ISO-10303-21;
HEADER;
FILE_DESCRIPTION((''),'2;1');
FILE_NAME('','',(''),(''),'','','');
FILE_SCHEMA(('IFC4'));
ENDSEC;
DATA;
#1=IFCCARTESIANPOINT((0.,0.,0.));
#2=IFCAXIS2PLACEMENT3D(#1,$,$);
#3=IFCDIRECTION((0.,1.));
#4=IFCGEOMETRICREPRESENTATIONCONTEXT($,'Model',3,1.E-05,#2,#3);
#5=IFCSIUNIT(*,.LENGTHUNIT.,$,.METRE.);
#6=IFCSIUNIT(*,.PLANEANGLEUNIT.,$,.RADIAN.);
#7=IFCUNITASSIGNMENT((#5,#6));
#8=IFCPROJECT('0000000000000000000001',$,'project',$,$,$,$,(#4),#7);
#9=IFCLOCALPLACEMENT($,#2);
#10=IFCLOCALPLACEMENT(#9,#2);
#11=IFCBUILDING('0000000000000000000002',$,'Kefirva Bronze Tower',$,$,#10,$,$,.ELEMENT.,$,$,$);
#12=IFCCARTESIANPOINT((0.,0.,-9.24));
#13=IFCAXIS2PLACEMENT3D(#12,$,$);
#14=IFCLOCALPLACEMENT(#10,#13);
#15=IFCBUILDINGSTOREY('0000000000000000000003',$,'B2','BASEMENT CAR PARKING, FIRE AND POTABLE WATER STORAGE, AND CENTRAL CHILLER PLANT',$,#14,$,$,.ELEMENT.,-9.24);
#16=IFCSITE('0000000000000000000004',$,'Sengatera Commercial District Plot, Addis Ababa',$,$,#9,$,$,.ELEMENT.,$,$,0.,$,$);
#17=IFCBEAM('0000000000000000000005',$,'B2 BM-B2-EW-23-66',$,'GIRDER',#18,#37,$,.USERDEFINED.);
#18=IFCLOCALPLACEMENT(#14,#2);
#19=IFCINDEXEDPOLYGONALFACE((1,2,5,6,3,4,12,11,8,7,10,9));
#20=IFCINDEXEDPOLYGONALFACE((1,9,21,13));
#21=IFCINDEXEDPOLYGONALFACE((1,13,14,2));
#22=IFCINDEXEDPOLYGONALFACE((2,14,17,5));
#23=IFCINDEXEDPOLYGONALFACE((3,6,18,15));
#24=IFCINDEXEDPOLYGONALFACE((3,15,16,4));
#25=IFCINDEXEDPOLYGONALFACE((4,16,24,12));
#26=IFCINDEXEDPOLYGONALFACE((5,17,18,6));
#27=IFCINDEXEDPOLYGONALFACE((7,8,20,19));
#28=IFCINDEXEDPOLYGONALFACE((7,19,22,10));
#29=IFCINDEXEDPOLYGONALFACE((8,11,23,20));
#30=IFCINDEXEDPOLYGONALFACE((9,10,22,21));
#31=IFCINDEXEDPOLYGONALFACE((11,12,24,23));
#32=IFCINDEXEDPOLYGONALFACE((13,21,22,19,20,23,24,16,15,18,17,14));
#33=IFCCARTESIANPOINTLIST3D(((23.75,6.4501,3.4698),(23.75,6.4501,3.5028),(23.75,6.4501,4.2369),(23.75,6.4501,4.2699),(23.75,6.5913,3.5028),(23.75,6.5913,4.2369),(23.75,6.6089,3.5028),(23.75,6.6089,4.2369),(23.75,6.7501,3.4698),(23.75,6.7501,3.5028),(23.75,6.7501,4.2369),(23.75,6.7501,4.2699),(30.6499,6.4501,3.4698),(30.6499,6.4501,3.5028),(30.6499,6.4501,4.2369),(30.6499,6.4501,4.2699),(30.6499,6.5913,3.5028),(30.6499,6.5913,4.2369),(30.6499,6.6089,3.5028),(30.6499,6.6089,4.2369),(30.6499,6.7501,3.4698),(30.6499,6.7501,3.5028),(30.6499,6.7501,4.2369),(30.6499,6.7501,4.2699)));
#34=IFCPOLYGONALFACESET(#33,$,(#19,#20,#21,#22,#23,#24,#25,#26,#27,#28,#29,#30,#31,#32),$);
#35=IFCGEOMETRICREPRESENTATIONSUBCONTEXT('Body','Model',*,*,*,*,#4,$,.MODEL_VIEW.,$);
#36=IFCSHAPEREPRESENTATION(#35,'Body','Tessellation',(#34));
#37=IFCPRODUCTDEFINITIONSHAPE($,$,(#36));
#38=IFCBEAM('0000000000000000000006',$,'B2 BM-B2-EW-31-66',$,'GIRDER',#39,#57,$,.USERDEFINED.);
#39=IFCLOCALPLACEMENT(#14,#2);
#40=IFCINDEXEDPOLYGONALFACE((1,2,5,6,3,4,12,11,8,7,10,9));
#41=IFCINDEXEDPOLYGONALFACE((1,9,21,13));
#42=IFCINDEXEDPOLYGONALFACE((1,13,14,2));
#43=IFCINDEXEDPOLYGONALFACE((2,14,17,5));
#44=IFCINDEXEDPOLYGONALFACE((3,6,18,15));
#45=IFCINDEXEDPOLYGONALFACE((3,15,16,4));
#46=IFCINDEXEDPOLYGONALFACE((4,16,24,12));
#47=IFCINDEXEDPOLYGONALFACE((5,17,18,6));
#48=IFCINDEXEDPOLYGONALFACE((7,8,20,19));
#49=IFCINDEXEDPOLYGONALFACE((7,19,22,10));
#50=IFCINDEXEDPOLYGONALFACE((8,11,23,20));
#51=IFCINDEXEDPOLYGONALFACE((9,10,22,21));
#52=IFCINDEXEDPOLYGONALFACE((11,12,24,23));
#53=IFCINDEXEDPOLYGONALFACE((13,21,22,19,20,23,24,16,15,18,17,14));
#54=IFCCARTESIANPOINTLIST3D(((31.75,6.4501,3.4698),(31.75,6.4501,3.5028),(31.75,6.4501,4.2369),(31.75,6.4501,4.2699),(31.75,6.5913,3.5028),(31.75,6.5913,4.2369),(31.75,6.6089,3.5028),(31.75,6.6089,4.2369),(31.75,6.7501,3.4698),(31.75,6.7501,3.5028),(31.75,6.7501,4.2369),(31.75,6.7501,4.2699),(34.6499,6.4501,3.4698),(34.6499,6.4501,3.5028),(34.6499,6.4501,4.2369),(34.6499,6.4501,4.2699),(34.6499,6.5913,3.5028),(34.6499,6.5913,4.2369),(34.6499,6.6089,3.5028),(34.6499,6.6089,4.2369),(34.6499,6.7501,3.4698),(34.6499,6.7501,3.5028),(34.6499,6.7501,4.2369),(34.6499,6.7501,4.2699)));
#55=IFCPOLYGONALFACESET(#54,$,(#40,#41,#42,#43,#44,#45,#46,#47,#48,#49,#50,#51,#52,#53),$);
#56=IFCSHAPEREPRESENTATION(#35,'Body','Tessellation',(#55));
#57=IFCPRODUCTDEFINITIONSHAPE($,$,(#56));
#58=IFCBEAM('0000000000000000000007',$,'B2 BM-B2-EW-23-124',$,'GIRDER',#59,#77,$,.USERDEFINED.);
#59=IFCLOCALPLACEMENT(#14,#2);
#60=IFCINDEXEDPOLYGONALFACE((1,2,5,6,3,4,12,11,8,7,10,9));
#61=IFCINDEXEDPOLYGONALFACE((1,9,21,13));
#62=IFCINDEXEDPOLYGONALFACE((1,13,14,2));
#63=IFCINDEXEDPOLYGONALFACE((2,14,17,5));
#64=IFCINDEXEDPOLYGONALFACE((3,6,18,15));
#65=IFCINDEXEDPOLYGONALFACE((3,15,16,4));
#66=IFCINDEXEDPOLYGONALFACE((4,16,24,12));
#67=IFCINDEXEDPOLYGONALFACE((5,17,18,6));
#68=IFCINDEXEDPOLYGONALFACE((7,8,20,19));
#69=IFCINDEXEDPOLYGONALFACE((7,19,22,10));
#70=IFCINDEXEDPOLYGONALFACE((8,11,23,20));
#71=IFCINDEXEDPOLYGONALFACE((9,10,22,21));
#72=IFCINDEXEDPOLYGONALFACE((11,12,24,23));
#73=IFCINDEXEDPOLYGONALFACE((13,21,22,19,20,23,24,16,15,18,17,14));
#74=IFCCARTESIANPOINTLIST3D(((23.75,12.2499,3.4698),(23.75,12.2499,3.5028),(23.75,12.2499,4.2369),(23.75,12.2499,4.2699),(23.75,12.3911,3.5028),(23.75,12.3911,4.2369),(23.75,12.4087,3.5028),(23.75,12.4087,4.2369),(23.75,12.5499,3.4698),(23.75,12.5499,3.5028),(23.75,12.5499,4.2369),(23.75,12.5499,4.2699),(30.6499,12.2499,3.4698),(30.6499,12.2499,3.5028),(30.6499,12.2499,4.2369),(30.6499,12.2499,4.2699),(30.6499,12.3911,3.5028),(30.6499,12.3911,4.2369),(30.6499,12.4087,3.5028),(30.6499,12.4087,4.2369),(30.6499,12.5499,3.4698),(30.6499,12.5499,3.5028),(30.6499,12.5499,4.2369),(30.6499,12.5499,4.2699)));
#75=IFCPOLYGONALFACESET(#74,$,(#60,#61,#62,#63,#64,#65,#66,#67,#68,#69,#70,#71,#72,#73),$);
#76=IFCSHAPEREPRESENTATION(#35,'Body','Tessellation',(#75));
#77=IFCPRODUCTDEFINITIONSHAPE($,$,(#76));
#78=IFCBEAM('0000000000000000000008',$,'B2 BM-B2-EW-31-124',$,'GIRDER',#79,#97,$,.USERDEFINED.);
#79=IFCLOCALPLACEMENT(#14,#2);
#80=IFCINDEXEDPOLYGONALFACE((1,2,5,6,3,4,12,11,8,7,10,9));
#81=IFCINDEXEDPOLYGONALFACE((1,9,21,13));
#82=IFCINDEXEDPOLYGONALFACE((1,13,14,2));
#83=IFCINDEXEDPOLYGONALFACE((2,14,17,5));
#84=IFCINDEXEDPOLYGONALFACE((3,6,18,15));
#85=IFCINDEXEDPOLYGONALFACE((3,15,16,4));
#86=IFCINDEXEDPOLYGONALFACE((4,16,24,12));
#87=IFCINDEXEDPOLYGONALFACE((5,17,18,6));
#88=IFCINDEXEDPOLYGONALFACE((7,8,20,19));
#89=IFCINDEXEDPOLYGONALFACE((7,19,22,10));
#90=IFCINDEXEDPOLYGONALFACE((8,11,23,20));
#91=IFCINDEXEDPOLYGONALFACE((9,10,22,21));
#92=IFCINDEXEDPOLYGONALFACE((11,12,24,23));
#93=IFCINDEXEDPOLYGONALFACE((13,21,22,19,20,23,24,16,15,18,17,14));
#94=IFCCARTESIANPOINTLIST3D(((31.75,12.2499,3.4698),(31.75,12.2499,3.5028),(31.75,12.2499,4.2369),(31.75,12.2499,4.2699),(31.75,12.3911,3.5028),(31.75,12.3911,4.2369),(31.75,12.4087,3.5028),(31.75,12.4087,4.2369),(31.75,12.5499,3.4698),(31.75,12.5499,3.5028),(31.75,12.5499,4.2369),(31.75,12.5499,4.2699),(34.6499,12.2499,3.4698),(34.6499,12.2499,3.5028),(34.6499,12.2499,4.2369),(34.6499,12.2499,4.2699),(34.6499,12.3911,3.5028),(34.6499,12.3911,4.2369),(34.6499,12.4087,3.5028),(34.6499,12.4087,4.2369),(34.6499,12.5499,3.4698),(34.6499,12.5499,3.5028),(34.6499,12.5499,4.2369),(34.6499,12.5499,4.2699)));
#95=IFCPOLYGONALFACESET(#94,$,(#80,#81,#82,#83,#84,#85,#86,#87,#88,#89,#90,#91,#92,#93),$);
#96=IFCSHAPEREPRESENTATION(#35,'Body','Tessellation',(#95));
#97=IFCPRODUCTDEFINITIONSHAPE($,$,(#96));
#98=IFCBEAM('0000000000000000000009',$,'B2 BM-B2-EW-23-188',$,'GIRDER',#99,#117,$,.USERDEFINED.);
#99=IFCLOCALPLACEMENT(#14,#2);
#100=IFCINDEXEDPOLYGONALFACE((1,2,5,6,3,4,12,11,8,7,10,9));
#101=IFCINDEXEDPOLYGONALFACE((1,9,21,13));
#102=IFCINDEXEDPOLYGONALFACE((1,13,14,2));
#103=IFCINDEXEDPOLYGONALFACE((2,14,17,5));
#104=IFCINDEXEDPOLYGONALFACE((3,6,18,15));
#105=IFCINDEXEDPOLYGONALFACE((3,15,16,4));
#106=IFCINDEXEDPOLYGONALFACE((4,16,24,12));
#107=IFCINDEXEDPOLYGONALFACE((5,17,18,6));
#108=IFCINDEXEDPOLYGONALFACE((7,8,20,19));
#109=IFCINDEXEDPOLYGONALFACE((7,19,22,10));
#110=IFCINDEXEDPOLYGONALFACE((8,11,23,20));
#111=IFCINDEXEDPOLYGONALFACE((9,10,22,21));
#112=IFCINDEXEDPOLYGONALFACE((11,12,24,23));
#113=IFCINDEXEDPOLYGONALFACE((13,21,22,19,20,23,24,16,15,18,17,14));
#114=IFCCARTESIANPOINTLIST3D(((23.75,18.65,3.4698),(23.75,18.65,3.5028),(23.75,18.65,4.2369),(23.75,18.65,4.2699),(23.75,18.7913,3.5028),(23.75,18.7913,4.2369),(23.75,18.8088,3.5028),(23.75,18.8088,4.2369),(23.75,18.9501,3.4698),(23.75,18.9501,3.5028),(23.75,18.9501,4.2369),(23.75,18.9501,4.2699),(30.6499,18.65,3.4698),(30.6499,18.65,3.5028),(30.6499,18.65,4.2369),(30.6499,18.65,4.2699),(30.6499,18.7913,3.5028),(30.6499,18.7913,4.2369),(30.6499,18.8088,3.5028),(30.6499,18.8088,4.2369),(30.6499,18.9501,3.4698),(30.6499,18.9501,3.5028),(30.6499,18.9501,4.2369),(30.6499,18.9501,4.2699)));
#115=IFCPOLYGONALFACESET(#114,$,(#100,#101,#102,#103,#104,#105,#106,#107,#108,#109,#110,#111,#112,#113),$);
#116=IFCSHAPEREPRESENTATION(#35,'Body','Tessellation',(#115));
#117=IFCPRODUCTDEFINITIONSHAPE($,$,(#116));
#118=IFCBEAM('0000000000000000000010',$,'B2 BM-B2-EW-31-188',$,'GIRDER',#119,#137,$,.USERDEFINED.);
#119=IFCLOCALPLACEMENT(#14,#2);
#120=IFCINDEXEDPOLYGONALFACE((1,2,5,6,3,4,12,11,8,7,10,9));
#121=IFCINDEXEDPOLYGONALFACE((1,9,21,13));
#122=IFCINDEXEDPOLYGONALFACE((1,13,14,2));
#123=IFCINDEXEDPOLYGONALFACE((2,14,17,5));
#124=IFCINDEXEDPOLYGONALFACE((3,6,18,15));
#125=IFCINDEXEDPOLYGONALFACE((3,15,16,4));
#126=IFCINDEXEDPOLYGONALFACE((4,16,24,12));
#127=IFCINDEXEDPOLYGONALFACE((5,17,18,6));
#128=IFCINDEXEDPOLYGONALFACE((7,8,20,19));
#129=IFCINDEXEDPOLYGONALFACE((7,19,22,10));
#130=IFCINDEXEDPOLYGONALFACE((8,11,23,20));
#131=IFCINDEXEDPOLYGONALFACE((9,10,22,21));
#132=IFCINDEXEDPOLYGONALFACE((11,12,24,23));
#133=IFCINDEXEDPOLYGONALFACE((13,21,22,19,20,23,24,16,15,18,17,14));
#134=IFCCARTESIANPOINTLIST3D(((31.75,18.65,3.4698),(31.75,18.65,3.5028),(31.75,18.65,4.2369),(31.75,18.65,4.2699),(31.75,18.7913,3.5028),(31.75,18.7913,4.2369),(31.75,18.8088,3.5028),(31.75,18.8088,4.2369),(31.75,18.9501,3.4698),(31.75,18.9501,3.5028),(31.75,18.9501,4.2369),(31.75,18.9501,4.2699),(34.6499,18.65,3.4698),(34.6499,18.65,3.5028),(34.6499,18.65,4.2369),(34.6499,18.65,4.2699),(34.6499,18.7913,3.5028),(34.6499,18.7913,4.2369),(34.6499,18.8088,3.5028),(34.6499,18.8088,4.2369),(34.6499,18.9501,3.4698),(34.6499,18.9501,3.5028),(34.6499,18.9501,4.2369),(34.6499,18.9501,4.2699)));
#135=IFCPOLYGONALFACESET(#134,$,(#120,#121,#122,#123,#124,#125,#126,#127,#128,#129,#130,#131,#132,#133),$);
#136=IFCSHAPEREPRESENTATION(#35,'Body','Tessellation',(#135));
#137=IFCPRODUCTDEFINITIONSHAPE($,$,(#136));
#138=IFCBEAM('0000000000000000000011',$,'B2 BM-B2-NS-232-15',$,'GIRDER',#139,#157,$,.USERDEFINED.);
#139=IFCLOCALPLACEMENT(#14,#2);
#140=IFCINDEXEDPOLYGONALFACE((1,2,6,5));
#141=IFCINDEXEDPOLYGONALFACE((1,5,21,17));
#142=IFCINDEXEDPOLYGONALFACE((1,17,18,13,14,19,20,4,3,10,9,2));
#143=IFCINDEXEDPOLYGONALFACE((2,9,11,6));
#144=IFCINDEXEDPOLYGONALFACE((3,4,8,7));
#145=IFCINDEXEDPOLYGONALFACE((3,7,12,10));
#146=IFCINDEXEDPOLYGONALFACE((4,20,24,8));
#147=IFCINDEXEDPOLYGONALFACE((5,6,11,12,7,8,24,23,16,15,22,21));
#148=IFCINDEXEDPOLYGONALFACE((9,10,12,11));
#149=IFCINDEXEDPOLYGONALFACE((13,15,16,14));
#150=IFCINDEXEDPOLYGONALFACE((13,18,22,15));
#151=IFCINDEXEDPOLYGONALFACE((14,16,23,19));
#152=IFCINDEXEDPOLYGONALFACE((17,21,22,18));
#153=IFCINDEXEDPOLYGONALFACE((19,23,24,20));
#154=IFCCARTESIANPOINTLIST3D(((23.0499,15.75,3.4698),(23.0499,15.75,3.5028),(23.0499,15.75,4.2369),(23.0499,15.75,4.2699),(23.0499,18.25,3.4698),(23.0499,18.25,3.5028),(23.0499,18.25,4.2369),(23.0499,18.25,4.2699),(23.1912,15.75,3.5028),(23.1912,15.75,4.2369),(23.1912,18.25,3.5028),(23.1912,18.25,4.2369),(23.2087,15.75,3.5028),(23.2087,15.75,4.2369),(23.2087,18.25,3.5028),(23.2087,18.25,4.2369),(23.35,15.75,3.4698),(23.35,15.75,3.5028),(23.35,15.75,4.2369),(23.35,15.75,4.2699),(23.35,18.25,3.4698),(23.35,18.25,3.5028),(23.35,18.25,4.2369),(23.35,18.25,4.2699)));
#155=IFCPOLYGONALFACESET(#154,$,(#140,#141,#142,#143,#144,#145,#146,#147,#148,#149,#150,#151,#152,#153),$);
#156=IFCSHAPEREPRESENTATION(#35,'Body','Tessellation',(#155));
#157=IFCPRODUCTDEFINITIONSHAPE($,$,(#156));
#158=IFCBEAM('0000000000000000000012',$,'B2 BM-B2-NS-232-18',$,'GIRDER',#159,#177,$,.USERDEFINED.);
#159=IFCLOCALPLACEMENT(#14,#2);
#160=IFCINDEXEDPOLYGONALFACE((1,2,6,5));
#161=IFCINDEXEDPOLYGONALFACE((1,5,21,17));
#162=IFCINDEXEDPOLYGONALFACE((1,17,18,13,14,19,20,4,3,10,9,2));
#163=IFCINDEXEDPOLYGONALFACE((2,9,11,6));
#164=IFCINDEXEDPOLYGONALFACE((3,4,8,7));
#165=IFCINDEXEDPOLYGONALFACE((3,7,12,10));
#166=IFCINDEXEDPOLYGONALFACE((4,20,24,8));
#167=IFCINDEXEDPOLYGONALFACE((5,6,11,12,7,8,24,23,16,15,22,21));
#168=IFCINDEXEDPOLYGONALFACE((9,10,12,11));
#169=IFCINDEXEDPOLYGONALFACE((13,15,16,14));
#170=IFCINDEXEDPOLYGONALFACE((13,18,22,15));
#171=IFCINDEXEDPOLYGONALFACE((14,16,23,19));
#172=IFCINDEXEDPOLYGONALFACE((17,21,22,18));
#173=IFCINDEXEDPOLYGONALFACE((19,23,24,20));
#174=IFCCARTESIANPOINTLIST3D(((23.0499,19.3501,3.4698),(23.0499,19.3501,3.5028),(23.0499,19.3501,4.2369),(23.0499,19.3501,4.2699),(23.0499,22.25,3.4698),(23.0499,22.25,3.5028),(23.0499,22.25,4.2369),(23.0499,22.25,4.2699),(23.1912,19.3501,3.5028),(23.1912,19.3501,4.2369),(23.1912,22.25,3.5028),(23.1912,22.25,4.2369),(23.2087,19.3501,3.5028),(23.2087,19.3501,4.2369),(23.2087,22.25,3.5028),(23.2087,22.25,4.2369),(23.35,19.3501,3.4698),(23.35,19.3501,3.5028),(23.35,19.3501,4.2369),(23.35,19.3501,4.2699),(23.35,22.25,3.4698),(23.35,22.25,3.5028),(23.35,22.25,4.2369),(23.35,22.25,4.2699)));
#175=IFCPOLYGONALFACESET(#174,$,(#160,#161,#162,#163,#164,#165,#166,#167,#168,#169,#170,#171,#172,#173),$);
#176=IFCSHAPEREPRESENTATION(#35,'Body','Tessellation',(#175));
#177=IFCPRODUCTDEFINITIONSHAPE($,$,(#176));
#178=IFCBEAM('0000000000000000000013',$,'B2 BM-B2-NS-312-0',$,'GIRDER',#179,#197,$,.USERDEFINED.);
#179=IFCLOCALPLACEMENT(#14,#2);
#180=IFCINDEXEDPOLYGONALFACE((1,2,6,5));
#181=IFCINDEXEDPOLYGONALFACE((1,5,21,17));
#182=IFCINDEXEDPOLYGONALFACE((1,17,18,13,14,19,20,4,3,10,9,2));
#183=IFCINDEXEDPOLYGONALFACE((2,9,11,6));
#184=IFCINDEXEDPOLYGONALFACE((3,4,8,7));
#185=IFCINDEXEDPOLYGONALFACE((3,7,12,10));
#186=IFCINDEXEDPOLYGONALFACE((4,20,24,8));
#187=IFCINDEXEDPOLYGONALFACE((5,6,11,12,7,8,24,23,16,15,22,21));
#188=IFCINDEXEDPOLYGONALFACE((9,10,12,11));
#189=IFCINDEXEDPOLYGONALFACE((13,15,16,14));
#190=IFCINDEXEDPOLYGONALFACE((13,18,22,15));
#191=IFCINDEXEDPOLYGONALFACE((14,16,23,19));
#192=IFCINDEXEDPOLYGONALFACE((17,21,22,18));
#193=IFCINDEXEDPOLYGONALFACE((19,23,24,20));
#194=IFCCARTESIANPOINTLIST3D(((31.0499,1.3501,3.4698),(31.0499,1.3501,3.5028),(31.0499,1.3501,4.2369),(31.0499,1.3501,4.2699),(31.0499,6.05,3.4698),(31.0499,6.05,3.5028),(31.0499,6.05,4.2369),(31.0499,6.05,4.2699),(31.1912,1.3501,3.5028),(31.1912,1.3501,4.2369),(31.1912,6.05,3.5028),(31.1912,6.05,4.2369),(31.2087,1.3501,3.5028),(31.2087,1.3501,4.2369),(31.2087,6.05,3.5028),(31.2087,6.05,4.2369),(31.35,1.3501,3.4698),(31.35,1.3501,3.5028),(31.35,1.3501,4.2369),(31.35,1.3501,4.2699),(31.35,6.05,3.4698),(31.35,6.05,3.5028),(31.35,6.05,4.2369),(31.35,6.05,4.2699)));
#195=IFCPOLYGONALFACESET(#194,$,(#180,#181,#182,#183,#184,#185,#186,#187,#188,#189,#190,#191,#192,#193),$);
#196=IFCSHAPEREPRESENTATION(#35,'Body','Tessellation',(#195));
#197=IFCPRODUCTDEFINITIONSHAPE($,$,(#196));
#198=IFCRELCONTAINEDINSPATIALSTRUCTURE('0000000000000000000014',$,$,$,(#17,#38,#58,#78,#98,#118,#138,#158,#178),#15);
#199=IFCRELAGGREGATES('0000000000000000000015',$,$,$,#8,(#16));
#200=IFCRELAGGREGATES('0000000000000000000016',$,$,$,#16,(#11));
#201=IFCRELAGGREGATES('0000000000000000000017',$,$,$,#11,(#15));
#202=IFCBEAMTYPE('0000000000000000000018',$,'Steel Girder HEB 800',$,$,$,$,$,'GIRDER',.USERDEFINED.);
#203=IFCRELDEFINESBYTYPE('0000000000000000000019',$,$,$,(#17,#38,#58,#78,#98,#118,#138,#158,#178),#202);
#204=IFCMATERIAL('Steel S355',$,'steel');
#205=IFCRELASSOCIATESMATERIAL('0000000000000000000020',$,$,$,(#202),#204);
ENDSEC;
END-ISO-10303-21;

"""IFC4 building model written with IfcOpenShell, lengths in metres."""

from ifc_helpers import new_model, si_unit, direction, frame, origin, origin_2d, place, context, subcontext, project, spatial, i_section, extrude, material, material_profile, profile_set, type_object, element, save


model = new_model("IFC4")

# Units and contexts
model_context = context("Model", 3, precision=1e-05, world=origin(), true_north=direction((0.0, 1.0)))
body_context = subcontext(model_context, "Body", "Model", "MODEL_VIEW")
ifc_project = project(units=[si_unit("LENGTHUNIT", "METRE"), si_unit("PLANEANGLEUNIT", "RADIAN")], contexts=[model_context])

# Site, building, storey
site_placement = place(None, origin())
site = spatial("IfcSite", under=ifc_project, at=site_placement, Name="Sengatera Commercial District Plot, Addis Ababa", CompositionType="ELEMENT", RefElevation=0.0)
building_placement = place(site_placement, origin())
building = spatial("IfcBuilding", under=site, at=building_placement, Name="Kefirva Bronze Tower", CompositionType="ELEMENT")
storey_placement = place(building_placement, frame((0.0, 0.0, -9.24)))
storey = spatial("IfcBuildingStorey", under=building, at=storey_placement, Name="B2", Description="BASEMENT CAR PARKING, FIRE AND POTABLE WATER STORAGE, AND CENTRAL CHILLER PLANT", CompositionType="ELEMENT", Elevation=-9.24)

# Beams
ifc_material_1 = material(Name="Steel S355", Category="steel")
ifc_material_profile_1 = material_profile(ifc_material_1, i_section(OverallWidth=0.3, OverallDepth=0.8, WebThickness=0.0176, FlangeThickness=0.033, at=origin_2d()), Name="HEB 800")
ifc_profile_set_1 = profile_set([ifc_material_profile_1], Name="Steel S355")
beam_type_1 = type_object("IfcBeamType", Name="Steel Girder HEB 800", ElementType="GIRDER", PredefinedType="USERDEFINED", material=ifc_profile_set_1)
beam_1_placement = place(storey_placement, frame((23.75, 6.6001, 3.8699), z_axis=(1.0, 0.0, 0.0), x_axis=(0.0, 1.0, 0.0)))
element("IfcBeam", 1, at=beam_1_placement, inside=storey, type_object=beam_type_1, Name="B2 BM-B2-EW-23-66", ObjectType="GIRDER", PredefinedType="USERDEFINED", context=body_context, shape_type="SweptSolid", body=[
    extrude(i_section(OverallWidth=0.3, OverallDepth=0.8, WebThickness=0.0176, FlangeThickness=0.033, at=origin_2d()), origin(), (0.0, 0.0, 1.0), 6.8999),
])
beam_2_placement = place(storey_placement, frame((31.75, 6.6001, 3.8699), z_axis=(1.0, 0.0, 0.0), x_axis=(0.0, 1.0, 0.0)))
element("IfcBeam", 2, at=beam_2_placement, inside=storey, type_object=beam_type_1, Name="B2 BM-B2-EW-31-66", ObjectType="GIRDER", PredefinedType="USERDEFINED", context=body_context, shape_type="SweptSolid", body=[
    extrude(i_section(OverallWidth=0.3, OverallDepth=0.8, WebThickness=0.0176, FlangeThickness=0.033, at=origin_2d()), origin(), (0.0, 0.0, 1.0), 2.8999),
])
beam_3_placement = place(storey_placement, frame((23.75, 12.3999, 3.8699), z_axis=(1.0, 0.0, 0.0), x_axis=(0.0, 1.0, 0.0)))
element("IfcBeam", 3, at=beam_3_placement, inside=storey, type_object=beam_type_1, Name="B2 BM-B2-EW-23-124", ObjectType="GIRDER", PredefinedType="USERDEFINED", context=body_context, shape_type="SweptSolid", body=[
    extrude(i_section(OverallWidth=0.3, OverallDepth=0.8, WebThickness=0.0176, FlangeThickness=0.033, at=origin_2d()), origin(), (0.0, 0.0, 1.0), 6.8999),
])
beam_4_placement = place(storey_placement, frame((31.75, 12.3999, 3.8699), z_axis=(1.0, 0.0, 0.0), x_axis=(0.0, 1.0, 0.0)))
element("IfcBeam", 4, at=beam_4_placement, inside=storey, type_object=beam_type_1, Name="B2 BM-B2-EW-31-124", ObjectType="GIRDER", PredefinedType="USERDEFINED", context=body_context, shape_type="SweptSolid", body=[
    extrude(i_section(OverallWidth=0.3, OverallDepth=0.8, WebThickness=0.0176, FlangeThickness=0.033, at=origin_2d()), origin(), (0.0, 0.0, 1.0), 2.8999),
])
beam_5_placement = place(storey_placement, frame((23.75, 18.8, 3.8699), z_axis=(1.0, 0.0, 0.0), x_axis=(0.0, 1.0, 0.0)))
element("IfcBeam", 5, at=beam_5_placement, inside=storey, type_object=beam_type_1, Name="B2 BM-B2-EW-23-188", ObjectType="GIRDER", PredefinedType="USERDEFINED", context=body_context, shape_type="SweptSolid", body=[
    extrude(i_section(OverallWidth=0.3, OverallDepth=0.8, WebThickness=0.0176, FlangeThickness=0.033, at=origin_2d()), origin(), (0.0, 0.0, 1.0), 6.8999),
])
beam_6_placement = place(storey_placement, frame((31.75, 18.8, 3.8699), z_axis=(1.0, 0.0, 0.0), x_axis=(0.0, 1.0, 0.0)))
element("IfcBeam", 6, at=beam_6_placement, inside=storey, type_object=beam_type_1, Name="B2 BM-B2-EW-31-188", ObjectType="GIRDER", PredefinedType="USERDEFINED", context=body_context, shape_type="SweptSolid", body=[
    extrude(i_section(OverallWidth=0.3, OverallDepth=0.8, WebThickness=0.0176, FlangeThickness=0.033, at=origin_2d()), origin(), (0.0, 0.0, 1.0), 2.8999),
])
beam_7_placement = place(storey_placement, frame((23.2, 15.75, 3.8699), z_axis=(0.0, 1.0, 0.0), x_axis=(-1.0, 0.0, 0.0)))
element("IfcBeam", 7, at=beam_7_placement, inside=storey, type_object=beam_type_1, Name="B2 BM-B2-NS-232-15", ObjectType="GIRDER", PredefinedType="USERDEFINED", context=body_context, shape_type="SweptSolid", body=[
    extrude(i_section(OverallWidth=0.3, OverallDepth=0.8, WebThickness=0.0176, FlangeThickness=0.033, at=origin_2d()), origin(), (0.0, 0.0, 1.0), 2.5),
])
beam_8_placement = place(storey_placement, frame((23.2, 19.3501, 3.8699), z_axis=(0.0, 1.0, 0.0), x_axis=(-1.0, 0.0, 0.0)))
element("IfcBeam", 8, at=beam_8_placement, inside=storey, type_object=beam_type_1, Name="B2 BM-B2-NS-232-18", ObjectType="GIRDER", PredefinedType="USERDEFINED", context=body_context, shape_type="SweptSolid", body=[
    extrude(i_section(OverallWidth=0.3, OverallDepth=0.8, WebThickness=0.0176, FlangeThickness=0.033, at=origin_2d()), origin(), (0.0, 0.0, 1.0), 2.8999),
])
beam_9_placement = place(storey_placement, frame((31.2, 1.3501, 3.8699), z_axis=(0.0, 1.0, 0.0), x_axis=(-1.0, 0.0, 0.0)))
element("IfcBeam", 9, at=beam_9_placement, inside=storey, type_object=beam_type_1, Name="B2 BM-B2-NS-312-0", ObjectType="GIRDER", PredefinedType="USERDEFINED", context=body_context, shape_type="SweptSolid", body=[
    extrude(i_section(OverallWidth=0.3, OverallDepth=0.8, WebThickness=0.0176, FlangeThickness=0.033, at=origin_2d()), origin(), (0.0, 0.0, 1.0), 4.7),
])

save(model, "model.ifc")
